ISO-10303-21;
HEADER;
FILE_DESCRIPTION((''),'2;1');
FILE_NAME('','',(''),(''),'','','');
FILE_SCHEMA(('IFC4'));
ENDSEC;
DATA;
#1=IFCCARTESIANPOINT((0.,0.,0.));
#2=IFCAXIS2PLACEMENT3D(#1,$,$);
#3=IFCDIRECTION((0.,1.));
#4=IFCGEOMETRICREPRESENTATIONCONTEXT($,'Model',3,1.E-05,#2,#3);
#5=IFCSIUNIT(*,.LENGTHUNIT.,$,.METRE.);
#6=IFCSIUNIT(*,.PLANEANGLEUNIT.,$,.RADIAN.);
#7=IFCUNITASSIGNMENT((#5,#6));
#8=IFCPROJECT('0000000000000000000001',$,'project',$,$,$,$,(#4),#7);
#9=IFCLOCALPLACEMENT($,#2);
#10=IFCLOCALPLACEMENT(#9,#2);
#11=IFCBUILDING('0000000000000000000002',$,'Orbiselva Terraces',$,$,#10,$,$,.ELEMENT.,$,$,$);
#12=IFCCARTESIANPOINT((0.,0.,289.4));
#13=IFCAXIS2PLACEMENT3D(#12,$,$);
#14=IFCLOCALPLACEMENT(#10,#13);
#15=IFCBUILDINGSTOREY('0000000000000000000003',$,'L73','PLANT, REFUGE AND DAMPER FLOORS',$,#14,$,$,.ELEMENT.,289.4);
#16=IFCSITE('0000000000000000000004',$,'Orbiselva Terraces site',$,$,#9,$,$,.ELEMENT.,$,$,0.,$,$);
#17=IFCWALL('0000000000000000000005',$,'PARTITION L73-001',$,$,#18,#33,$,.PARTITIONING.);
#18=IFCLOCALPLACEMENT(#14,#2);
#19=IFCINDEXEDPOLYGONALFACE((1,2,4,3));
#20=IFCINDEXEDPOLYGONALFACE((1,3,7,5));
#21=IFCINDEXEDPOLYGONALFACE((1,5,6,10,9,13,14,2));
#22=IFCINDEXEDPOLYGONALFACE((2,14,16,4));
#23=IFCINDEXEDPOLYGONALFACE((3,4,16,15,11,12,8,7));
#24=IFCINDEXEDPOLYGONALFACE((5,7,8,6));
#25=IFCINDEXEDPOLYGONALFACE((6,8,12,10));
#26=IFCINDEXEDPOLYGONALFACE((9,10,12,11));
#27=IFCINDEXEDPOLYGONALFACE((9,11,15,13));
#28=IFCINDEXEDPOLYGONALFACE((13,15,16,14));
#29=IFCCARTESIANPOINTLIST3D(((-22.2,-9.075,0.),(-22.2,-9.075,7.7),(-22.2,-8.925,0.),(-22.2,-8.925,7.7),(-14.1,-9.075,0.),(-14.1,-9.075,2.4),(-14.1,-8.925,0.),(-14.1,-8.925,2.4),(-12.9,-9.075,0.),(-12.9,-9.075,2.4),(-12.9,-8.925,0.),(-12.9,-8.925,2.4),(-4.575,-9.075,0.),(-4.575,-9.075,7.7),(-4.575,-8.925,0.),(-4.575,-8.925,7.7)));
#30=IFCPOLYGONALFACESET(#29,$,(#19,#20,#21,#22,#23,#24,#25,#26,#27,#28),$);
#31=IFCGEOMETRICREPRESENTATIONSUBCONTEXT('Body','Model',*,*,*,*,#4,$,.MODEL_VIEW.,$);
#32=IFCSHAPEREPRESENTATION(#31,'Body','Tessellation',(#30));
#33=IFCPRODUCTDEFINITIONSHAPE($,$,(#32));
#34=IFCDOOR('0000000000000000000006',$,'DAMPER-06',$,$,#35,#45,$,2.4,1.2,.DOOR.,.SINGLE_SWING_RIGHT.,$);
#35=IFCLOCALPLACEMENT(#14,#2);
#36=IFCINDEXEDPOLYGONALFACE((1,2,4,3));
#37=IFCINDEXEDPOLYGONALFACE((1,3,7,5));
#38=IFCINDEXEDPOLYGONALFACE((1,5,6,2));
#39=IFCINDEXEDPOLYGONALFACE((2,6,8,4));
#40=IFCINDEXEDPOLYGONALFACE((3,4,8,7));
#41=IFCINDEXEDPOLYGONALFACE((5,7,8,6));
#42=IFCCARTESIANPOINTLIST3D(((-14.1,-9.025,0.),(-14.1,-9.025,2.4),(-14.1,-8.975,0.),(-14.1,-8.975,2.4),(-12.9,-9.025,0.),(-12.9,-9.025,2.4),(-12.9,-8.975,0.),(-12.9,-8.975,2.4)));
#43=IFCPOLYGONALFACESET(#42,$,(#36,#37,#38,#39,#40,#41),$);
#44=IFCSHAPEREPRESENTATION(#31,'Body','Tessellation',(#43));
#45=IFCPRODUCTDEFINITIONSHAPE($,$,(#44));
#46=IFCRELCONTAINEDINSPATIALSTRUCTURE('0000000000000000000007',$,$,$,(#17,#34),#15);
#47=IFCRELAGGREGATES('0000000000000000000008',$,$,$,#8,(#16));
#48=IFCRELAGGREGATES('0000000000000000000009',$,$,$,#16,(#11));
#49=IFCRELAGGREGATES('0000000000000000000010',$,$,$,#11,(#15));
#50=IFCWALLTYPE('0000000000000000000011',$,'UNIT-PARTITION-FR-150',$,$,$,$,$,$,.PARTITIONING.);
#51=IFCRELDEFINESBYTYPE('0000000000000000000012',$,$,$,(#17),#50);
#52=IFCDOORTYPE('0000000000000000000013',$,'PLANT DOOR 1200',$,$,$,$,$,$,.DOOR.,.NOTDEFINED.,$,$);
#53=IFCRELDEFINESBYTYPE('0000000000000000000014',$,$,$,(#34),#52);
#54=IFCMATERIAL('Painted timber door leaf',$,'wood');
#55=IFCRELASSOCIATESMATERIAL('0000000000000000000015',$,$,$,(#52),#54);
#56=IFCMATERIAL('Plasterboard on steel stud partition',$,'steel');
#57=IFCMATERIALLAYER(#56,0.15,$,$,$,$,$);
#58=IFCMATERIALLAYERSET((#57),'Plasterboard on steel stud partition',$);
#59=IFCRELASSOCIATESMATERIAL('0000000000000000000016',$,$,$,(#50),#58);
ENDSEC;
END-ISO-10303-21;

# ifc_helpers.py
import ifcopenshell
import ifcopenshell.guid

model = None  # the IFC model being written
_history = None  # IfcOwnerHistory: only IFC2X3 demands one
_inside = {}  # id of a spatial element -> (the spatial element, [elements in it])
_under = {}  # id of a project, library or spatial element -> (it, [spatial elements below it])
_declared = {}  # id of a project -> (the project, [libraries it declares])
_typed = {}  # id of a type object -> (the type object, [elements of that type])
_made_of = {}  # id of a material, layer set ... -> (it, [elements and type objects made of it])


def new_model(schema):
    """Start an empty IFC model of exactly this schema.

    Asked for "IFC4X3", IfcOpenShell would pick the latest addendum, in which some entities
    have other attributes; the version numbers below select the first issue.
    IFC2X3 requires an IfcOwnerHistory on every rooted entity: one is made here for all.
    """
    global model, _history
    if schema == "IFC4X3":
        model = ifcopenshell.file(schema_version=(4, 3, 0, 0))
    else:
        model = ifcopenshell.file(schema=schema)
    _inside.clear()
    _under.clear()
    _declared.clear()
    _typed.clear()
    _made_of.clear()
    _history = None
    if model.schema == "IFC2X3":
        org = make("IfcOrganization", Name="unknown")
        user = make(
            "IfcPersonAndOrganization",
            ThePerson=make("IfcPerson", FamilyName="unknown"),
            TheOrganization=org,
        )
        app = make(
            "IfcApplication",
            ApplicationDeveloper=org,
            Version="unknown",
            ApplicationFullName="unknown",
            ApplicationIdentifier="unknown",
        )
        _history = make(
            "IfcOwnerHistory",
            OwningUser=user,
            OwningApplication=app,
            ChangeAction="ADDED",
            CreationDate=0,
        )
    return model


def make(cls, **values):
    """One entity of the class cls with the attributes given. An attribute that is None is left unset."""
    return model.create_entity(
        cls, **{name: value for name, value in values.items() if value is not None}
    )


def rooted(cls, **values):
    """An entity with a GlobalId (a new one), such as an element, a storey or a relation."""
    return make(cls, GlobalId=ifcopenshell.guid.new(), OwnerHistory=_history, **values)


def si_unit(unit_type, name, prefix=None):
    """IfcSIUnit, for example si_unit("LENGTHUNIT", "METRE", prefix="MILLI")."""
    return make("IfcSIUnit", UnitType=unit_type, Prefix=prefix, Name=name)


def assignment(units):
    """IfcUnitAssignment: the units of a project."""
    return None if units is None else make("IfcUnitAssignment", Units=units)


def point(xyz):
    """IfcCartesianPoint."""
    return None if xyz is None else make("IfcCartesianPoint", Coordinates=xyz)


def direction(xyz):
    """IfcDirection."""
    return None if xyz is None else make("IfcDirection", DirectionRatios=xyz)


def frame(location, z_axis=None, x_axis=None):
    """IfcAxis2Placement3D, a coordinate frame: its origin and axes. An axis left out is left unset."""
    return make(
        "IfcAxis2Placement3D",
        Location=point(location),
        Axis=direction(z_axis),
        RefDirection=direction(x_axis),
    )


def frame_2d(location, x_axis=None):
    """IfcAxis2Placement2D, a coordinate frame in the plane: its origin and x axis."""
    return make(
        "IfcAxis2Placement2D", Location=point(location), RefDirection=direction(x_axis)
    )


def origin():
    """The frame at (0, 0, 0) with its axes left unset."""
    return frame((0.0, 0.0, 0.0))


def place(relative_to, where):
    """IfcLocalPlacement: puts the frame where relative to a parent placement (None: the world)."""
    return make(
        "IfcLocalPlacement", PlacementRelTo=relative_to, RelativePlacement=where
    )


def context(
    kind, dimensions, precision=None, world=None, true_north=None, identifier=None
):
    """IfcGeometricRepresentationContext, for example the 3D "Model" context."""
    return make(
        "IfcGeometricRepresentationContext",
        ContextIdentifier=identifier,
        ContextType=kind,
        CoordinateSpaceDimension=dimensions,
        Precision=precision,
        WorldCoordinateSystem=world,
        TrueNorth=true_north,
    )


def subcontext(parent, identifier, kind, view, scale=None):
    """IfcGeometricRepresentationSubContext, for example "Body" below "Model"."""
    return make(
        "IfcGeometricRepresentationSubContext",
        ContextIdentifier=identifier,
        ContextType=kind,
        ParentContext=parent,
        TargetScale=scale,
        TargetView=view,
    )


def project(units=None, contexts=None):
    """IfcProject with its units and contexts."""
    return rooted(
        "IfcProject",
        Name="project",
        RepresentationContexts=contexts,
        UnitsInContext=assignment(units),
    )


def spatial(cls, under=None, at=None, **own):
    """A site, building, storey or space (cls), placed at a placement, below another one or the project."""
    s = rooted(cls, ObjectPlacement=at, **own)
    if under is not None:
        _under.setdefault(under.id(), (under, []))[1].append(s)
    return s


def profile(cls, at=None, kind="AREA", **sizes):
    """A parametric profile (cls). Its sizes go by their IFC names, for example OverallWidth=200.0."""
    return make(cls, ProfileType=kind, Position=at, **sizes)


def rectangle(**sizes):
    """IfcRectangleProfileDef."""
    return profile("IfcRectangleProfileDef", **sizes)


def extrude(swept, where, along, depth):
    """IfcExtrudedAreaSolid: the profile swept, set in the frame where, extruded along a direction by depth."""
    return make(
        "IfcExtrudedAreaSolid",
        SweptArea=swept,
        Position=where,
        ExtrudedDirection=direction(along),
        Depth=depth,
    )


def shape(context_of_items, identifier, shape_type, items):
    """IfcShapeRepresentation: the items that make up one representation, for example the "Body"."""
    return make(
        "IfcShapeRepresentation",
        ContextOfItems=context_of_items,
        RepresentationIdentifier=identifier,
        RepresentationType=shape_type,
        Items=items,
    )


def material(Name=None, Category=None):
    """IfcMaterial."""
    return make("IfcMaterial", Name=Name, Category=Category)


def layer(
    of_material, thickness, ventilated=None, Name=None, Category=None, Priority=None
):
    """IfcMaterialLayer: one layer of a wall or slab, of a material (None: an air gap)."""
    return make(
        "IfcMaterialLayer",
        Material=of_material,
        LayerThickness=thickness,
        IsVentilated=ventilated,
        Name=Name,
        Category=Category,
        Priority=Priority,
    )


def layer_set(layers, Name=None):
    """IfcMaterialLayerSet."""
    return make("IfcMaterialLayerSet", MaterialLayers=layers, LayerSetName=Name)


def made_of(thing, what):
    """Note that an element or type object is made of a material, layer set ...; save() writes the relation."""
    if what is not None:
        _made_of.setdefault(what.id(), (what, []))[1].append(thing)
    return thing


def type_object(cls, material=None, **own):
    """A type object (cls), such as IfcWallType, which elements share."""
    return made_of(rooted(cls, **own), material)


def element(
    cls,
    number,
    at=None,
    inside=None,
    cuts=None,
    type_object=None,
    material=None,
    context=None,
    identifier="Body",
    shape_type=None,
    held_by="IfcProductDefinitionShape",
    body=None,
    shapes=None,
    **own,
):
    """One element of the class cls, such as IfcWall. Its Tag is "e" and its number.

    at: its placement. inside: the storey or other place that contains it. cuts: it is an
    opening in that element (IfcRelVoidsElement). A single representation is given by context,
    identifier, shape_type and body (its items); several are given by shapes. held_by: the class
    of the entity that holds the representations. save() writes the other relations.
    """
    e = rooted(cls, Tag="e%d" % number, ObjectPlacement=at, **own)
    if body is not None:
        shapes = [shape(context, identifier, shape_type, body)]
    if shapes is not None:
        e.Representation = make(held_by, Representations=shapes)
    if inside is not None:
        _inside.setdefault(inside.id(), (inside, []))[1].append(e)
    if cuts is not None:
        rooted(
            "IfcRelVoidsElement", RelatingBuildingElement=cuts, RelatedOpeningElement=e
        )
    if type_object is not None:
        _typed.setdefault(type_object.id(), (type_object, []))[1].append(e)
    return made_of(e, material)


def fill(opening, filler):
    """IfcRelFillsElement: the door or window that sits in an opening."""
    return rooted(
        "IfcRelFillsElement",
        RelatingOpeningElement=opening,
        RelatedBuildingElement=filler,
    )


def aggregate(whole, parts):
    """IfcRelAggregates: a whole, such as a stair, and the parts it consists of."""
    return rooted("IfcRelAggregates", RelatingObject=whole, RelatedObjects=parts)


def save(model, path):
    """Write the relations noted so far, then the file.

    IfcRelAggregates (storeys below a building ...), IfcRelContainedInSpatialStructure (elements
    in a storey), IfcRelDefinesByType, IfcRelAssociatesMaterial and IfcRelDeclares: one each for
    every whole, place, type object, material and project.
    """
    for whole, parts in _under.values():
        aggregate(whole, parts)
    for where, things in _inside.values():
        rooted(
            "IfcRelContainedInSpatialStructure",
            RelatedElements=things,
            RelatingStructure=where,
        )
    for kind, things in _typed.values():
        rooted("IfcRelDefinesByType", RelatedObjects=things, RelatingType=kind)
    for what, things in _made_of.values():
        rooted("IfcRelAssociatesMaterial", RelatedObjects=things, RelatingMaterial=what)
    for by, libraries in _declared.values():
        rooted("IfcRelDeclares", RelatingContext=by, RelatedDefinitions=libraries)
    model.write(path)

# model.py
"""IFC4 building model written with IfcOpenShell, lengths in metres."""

from ifc_helpers import new_model, si_unit, direction, frame, frame_2d, origin, place, context, subcontext, project, spatial, rectangle, extrude, material, layer, layer_set, type_object, element, fill, save


model = new_model("IFC4")

# Units and contexts
model_context = context("Model", 3, precision=1e-05, world=origin(), true_north=direction((0.0, 1.0)))
body_context = subcontext(model_context, "Body", "Model", "MODEL_VIEW")
ifc_project = project(units=[si_unit("LENGTHUNIT", "METRE"), si_unit("PLANEANGLEUNIT", "RADIAN")], contexts=[model_context])

# Site, building, storey
site_placement = place(None, origin())
site = spatial("IfcSite", under=ifc_project, at=site_placement, Name="Orbiselva Terraces site", CompositionType="ELEMENT", RefElevation=0.0)
building_placement = place(site_placement, origin())
building = spatial("IfcBuilding", under=site, at=building_placement, Name="Orbiselva Terraces", CompositionType="ELEMENT")
storey_placement = place(building_placement, frame((0.0, 0.0, 289.4)))
storey = spatial("IfcBuildingStorey", under=building, at=storey_placement, Name="L73", Description="PLANT, REFUGE AND DAMPER FLOORS", CompositionType="ELEMENT", Elevation=289.4)

# Shared definitions
ifc_material_1 = material(Name="Plasterboard on steel stud partition", Category="steel")
ifc_material_2 = material(Name="Painted timber door leaf", Category="wood")
door_type_1 = type_object("IfcDoorType", Name="PLANT DOOR 1200", OperationType="NOTDEFINED", PredefinedType="DOOR", material=ifc_material_2)

# Wall, opening, door
ifc_layer_1 = layer(ifc_material_1, 0.15)
ifc_layer_set_1 = layer_set([ifc_layer_1], Name="Plasterboard on steel stud partition")
wall_type_1 = type_object("IfcWallType", Name="UNIT-PARTITION-FR-150", PredefinedType="PARTITIONING", material=ifc_layer_set_1)
wall_1_placement = place(storey_placement, frame((-4.575, -9.0, 0.0), z_axis=(0.0, 0.0, 1.0), x_axis=(-1.0, 0.0, 0.0)))
wall_1 = element("IfcWall", 1, at=wall_1_placement, inside=storey, type_object=wall_type_1, Name="PARTITION L73-001", PredefinedType="PARTITIONING", context=body_context, shape_type="SweptSolid", body=[
    extrude(rectangle(XDim=17.625, YDim=0.15, at=frame_2d((8.8125, 0.0))), origin(), (0.0, 0.0, 1.0), 7.7),
])
opening_1_placement = place(wall_1_placement, frame((8.325, 0.0, 0.0)))
opening_1 = element("IfcOpeningElement", 2, at=opening_1_placement, cuts=wall_1, PredefinedType="OPENING", context=body_context, shape_type="SweptSolid", body=[
    extrude(rectangle(XDim=1.2, YDim=2.4, at=frame_2d((0.6, 1.2))), frame((0.0, 0.085, 0.0), z_axis=(0.0, -1.0, 0.0), x_axis=(1.0, 0.0, 0.0)), (0.0, 0.0, 1.0), 0.17),
])
door_1_placement = place(opening_1_placement, origin())
door_1 = element("IfcDoor", 3, at=door_1_placement, inside=storey, type_object=door_type_1, Name="DAMPER-06", OperationType="SINGLE_SWING_RIGHT", OverallHeight=2.4, OverallWidth=1.2, PredefinedType="DOOR", context=body_context, shape_type="SweptSolid", body=[
    extrude(rectangle(XDim=1.2, YDim=2.4, at=frame_2d((0.6, 1.2))), frame((0.0, 0.025, 0.0), z_axis=(0.0, -1.0, 0.0), x_axis=(1.0, 0.0, 0.0)), (0.0, 0.0, 1.0), 0.05),
])
fill(opening_1, door_1)

save(model, "model.ifc")
